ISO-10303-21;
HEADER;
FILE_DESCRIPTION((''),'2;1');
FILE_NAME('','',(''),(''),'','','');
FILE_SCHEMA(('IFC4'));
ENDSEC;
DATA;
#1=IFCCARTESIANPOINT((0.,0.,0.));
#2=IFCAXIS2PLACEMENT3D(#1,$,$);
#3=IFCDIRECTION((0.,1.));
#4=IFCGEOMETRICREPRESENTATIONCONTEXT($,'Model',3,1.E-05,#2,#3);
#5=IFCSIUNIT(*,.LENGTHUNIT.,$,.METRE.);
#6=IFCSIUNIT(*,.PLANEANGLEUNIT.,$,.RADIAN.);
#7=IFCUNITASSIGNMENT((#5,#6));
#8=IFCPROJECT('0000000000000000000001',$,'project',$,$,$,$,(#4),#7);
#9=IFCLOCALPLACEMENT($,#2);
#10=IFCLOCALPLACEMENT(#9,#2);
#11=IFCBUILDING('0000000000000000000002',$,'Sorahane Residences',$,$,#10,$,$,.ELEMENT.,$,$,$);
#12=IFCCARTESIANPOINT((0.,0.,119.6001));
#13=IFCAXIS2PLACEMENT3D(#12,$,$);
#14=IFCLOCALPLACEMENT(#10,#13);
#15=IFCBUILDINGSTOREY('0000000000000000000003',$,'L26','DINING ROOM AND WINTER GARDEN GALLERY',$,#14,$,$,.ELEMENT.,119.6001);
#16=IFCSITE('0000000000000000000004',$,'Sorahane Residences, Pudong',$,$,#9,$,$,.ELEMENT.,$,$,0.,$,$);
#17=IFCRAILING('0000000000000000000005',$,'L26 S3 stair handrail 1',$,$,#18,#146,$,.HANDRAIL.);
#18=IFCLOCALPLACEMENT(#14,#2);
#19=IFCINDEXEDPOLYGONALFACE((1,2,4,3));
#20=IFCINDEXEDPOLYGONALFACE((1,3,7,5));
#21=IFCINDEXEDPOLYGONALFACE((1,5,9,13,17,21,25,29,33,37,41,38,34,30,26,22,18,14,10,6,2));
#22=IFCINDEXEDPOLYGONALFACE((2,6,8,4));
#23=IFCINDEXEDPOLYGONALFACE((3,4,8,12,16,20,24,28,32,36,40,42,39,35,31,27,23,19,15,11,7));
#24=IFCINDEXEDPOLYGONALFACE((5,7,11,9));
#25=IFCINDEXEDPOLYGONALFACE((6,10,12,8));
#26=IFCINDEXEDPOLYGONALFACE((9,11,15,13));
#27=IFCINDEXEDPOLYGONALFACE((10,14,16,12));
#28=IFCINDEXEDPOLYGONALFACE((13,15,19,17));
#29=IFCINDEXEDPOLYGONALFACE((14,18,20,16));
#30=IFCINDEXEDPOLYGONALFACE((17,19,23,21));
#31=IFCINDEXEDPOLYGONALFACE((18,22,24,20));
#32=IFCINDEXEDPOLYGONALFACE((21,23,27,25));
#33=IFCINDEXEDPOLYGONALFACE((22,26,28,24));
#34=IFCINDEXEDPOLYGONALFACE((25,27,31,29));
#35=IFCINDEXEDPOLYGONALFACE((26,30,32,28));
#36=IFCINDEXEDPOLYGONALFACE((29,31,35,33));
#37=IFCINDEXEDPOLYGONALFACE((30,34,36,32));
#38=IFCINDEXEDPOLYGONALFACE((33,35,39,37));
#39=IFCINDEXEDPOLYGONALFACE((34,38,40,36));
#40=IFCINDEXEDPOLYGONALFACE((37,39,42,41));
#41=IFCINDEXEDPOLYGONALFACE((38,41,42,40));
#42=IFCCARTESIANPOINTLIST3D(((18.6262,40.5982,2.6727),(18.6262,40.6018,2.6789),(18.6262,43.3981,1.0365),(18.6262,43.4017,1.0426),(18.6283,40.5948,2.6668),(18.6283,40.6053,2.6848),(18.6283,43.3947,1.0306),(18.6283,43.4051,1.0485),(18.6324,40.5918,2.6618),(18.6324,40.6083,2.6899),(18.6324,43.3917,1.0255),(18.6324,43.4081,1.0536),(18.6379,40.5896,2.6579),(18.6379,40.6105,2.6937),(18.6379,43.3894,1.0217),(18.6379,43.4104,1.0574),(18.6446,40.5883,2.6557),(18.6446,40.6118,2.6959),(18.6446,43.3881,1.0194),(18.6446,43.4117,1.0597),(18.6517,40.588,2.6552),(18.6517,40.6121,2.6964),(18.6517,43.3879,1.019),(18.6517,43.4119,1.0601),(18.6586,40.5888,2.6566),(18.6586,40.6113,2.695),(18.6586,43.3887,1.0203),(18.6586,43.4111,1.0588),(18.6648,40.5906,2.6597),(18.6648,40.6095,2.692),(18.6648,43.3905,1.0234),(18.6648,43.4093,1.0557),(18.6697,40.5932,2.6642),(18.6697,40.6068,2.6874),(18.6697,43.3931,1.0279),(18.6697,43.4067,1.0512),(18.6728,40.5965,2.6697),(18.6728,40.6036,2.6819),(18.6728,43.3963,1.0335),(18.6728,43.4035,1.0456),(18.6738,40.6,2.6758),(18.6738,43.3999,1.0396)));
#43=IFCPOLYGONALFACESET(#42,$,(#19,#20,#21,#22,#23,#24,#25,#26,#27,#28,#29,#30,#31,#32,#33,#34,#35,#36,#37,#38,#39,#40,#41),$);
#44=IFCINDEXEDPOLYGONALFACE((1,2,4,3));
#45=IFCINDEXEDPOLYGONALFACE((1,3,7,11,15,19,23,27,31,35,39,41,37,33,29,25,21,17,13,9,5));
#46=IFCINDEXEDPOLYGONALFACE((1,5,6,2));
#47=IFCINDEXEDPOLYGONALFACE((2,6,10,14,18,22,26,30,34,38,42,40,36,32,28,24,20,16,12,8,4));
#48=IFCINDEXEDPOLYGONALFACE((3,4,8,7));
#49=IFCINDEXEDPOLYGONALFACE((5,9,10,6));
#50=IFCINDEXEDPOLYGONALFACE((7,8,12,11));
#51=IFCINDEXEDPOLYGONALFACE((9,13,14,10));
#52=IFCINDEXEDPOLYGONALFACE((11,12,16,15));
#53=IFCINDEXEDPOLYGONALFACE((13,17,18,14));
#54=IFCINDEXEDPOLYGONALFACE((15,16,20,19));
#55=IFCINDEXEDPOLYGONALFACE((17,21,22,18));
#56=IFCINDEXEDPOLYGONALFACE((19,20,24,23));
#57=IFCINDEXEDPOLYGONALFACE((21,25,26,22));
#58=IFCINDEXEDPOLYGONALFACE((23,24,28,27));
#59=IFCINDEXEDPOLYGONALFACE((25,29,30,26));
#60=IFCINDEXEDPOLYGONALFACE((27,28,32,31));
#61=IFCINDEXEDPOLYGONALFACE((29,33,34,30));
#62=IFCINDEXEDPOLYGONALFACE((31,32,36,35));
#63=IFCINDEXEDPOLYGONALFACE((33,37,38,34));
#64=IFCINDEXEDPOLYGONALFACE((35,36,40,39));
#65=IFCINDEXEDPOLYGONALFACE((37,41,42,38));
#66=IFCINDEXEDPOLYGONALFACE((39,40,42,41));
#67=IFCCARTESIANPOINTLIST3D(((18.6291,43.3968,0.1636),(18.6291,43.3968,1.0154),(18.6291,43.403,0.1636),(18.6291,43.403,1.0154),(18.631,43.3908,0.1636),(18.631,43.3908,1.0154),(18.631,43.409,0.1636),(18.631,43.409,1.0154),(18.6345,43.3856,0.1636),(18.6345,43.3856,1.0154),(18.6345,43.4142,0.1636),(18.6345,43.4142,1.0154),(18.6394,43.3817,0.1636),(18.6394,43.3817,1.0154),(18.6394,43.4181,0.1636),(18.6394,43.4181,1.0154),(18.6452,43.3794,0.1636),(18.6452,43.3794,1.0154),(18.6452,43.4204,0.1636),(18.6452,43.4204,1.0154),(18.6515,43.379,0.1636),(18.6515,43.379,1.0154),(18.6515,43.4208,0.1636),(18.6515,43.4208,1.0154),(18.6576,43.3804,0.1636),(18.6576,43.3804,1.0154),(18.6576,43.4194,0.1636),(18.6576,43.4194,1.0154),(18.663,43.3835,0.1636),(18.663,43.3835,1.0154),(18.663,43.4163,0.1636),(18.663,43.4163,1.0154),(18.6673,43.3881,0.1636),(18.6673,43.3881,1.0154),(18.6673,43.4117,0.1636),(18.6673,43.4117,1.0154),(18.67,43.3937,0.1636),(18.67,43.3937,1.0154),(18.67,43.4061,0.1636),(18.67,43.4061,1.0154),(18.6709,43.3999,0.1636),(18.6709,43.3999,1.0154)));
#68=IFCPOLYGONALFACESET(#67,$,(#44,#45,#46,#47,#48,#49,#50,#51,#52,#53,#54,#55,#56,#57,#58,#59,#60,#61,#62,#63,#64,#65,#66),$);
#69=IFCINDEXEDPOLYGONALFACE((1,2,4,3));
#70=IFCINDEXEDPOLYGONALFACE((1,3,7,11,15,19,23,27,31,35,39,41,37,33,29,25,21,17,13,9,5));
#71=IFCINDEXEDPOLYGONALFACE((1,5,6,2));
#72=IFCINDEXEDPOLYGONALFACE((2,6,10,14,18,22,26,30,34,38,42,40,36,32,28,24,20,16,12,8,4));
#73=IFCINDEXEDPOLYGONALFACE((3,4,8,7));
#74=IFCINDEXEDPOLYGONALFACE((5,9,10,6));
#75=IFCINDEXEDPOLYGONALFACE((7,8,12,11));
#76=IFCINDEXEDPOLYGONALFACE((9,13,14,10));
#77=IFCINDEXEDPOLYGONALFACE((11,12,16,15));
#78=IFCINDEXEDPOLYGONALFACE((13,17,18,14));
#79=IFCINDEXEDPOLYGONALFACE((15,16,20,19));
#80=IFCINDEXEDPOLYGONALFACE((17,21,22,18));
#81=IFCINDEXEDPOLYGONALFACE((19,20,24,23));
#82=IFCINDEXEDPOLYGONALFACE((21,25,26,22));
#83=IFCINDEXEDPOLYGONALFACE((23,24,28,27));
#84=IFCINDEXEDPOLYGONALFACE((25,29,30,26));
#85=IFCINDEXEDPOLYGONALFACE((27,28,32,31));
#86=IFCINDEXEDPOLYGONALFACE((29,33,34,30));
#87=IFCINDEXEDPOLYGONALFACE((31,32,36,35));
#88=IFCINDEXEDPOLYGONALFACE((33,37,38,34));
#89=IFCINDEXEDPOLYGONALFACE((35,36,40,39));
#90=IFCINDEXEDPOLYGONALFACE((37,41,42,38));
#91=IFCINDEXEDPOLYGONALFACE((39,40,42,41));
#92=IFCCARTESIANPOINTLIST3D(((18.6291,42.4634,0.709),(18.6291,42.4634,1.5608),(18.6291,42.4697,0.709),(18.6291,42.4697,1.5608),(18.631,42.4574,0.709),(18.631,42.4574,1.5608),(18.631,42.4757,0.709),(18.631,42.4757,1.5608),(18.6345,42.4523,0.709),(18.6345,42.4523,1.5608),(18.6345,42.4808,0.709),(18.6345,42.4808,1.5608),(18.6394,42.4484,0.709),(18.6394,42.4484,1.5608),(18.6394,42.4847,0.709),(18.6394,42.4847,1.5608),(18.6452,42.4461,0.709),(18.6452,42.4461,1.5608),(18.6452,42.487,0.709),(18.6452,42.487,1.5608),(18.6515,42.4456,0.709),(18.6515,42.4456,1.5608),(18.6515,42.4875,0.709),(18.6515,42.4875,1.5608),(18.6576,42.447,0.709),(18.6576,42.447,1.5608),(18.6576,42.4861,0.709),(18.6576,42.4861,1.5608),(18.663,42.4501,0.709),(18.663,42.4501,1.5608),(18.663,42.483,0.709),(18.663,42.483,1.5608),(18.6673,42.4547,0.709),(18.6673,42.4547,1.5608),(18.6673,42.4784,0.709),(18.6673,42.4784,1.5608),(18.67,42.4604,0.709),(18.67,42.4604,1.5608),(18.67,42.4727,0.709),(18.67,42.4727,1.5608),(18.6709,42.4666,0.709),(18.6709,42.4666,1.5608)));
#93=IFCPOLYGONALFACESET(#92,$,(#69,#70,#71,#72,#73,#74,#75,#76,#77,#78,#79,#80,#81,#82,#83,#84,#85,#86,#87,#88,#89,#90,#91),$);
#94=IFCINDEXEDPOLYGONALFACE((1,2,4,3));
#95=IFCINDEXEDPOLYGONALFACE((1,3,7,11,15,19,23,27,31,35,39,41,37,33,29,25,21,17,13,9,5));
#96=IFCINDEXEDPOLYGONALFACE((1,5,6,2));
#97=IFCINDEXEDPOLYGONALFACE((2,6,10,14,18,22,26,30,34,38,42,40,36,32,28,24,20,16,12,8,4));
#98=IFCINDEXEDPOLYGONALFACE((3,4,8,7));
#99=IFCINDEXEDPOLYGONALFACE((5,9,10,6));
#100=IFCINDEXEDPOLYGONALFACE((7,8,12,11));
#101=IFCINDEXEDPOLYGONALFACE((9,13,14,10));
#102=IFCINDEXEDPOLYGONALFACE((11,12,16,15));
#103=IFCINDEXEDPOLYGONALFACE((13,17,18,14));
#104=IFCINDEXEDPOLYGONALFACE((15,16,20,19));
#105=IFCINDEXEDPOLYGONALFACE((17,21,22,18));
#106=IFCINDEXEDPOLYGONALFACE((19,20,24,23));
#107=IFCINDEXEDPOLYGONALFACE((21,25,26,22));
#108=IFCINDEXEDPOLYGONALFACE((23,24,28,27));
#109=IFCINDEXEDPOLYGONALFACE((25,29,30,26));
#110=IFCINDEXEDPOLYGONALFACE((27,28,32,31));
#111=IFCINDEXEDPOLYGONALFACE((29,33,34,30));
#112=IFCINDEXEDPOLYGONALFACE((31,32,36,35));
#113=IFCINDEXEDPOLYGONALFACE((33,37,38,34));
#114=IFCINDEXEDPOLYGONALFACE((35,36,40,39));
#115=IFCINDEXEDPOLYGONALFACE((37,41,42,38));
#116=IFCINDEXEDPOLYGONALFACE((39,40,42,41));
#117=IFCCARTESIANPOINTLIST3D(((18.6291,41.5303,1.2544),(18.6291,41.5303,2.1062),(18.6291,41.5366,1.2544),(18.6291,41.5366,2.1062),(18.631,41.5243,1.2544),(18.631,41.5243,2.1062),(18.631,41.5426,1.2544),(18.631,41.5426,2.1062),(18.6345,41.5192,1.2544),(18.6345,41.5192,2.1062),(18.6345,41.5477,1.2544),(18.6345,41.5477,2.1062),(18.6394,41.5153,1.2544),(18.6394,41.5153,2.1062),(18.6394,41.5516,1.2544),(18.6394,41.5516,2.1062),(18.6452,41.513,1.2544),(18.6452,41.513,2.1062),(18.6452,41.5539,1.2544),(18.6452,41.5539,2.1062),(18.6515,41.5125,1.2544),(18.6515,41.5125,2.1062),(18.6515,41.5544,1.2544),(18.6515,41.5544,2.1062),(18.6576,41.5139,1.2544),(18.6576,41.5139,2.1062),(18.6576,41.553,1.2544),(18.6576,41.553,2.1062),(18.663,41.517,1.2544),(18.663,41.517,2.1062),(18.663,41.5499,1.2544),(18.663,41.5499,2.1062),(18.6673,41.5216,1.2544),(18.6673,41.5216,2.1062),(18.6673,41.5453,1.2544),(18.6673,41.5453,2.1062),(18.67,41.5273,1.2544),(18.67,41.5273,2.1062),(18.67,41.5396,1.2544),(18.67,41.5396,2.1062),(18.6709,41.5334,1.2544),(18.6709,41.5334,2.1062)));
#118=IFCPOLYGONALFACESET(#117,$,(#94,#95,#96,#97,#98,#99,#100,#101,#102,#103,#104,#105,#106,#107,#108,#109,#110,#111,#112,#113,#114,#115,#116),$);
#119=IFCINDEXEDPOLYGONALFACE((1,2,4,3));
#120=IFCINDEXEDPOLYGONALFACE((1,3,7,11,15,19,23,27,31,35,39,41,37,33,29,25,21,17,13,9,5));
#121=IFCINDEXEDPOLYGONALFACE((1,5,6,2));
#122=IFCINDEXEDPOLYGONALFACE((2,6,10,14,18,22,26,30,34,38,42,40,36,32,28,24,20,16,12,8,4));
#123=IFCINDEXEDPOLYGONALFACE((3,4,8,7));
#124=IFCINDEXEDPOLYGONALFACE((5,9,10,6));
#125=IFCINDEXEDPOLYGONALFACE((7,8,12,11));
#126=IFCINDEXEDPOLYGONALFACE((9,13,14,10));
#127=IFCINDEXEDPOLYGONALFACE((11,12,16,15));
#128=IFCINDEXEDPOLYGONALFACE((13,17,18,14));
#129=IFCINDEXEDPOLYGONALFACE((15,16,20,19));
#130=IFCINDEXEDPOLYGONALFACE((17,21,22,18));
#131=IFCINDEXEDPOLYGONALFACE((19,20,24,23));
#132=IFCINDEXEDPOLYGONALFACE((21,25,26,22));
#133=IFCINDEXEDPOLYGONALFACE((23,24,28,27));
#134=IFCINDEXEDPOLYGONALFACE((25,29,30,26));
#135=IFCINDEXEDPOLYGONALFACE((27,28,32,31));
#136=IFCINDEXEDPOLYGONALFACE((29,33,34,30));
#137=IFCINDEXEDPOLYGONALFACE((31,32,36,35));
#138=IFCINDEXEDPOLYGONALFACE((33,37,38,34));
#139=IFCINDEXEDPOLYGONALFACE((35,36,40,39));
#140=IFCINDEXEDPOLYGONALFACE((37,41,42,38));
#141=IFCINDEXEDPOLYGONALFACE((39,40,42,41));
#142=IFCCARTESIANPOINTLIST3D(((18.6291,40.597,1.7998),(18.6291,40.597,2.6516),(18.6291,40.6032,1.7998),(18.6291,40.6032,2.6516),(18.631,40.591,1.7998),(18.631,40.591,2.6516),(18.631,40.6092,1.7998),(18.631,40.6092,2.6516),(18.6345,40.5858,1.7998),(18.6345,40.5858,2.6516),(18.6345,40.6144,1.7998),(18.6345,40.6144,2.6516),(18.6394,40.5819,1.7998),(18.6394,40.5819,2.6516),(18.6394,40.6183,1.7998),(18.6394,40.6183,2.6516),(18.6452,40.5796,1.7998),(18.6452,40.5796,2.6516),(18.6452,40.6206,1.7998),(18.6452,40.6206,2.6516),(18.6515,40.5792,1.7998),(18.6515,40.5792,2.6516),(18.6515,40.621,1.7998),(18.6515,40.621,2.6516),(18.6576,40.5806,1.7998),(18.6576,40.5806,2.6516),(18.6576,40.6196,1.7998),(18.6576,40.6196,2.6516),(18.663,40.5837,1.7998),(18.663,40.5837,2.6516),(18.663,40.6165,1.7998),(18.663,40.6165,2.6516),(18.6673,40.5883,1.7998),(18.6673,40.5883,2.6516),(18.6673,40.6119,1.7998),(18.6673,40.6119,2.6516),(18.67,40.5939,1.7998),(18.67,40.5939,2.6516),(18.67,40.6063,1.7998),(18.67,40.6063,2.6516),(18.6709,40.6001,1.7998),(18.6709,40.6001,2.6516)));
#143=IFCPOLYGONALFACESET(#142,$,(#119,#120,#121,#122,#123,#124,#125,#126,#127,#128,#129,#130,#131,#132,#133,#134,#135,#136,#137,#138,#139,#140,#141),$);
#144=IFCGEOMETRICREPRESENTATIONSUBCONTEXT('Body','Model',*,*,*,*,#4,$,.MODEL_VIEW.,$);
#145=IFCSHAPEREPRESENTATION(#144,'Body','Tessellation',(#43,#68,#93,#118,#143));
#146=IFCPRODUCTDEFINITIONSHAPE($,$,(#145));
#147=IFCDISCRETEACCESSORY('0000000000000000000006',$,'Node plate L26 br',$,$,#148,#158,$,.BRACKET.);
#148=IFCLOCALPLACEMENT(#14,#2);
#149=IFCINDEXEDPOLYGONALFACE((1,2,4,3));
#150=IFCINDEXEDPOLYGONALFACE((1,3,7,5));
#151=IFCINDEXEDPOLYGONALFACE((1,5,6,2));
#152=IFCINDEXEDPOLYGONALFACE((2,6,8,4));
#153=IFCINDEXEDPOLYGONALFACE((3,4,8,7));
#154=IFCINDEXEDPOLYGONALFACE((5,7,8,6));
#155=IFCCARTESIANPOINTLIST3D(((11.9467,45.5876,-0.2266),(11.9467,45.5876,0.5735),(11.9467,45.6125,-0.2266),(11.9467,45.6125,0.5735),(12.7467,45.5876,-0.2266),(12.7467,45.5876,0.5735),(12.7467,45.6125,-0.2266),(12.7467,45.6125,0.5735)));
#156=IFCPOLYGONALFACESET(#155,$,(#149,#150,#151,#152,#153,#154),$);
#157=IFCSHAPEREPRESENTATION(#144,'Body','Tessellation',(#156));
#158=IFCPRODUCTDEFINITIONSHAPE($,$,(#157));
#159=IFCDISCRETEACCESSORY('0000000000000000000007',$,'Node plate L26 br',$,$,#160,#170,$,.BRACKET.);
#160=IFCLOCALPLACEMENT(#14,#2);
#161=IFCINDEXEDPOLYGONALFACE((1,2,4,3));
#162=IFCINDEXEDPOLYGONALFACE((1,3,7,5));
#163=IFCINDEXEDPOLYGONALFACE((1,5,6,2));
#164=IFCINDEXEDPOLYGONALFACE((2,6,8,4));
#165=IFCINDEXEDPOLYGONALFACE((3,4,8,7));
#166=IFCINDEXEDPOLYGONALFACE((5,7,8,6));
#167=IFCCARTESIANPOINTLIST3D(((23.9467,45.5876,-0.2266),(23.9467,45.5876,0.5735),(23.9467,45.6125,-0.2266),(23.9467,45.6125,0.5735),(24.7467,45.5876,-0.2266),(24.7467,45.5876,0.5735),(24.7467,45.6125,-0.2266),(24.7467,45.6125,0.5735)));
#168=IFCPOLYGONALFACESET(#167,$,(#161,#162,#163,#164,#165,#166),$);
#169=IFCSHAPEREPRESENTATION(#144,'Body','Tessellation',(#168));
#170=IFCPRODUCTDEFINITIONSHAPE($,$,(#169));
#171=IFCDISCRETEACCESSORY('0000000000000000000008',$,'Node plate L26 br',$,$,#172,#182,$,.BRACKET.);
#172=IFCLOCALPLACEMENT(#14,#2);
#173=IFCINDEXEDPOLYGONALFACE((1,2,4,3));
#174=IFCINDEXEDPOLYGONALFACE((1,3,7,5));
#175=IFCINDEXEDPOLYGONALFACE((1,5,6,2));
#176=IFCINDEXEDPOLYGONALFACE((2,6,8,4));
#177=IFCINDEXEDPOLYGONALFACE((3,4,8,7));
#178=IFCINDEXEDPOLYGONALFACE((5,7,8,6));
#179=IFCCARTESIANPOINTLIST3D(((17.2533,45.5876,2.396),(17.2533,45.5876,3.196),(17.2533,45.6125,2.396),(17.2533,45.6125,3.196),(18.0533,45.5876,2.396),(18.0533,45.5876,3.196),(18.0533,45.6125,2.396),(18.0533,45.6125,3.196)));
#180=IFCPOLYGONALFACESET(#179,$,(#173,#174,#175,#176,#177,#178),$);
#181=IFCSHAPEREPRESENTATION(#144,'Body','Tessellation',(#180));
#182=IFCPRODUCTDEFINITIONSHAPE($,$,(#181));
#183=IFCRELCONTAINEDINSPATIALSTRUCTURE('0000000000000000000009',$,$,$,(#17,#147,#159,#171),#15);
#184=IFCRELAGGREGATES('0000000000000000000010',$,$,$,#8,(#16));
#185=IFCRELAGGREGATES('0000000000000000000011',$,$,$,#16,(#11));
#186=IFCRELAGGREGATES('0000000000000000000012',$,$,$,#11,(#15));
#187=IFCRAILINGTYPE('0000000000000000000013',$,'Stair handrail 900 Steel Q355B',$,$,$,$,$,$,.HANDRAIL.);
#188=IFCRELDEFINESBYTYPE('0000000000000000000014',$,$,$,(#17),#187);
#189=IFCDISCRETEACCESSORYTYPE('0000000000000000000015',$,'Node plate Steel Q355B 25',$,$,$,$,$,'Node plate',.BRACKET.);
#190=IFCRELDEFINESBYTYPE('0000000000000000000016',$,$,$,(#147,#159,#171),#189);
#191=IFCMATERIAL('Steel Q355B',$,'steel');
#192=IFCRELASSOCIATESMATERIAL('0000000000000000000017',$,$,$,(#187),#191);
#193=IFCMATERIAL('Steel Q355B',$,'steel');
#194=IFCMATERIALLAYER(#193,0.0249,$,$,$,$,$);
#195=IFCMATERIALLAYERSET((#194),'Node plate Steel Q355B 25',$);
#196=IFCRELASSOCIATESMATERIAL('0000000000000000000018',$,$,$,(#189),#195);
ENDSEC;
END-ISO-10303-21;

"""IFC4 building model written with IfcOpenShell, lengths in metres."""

from ifc_helpers import new_model, si_unit, direction, frame, origin, origin_2d, place, context, subcontext, project, spatial, rectangle, circle, extrude, material, layer, layer_set, type_object, element, save


model = new_model("IFC4")

# Units and contexts
model_context = context("Model", 3, precision=1e-05, world=origin(), true_north=direction((0.0, 1.0)))
body_context = subcontext(model_context, "Body", "Model", "MODEL_VIEW")
ifc_project = project(units=[si_unit("LENGTHUNIT", "METRE"), si_unit("PLANEANGLEUNIT", "RADIAN")], contexts=[model_context])

# Site, building, storey
site_placement = place(None, origin())
site = spatial("IfcSite", under=ifc_project, at=site_placement, Name="Sorahane Residences, Pudong", CompositionType="ELEMENT", RefElevation=0.0)
building_placement = place(site_placement, origin())
building = spatial("IfcBuilding", under=site, at=building_placement, Name="Sorahane Residences", CompositionType="ELEMENT")
storey_placement = place(building_placement, frame((0.0, 0.0, 119.6001)))
storey = spatial("IfcBuildingStorey", under=building, at=storey_placement, Name="L26", Description="DINING ROOM AND WINTER GARDEN GALLERY", CompositionType="ELEMENT", Elevation=119.6001)

# Railing
ifc_material_1 = material(Name="Steel Q355B", Category="steel")
railing_type_1 = type_object("IfcRailingType", Name="Stair handrail 900 Steel Q355B", PredefinedType="HANDRAIL", material=ifc_material_1)
railing_1_placement = place(storey_placement, frame((18.6499, 43.3999, 0.1636)))
element("IfcRailing", 1, at=railing_1_placement, inside=storey, type_object=railing_type_1, Name="L26 S3 stair handrail 1", PredefinedType="HANDRAIL", context=body_context, shape_type="SweptSolid", body=[
    extrude(circle(Radius=0.0239, at=origin_2d()), frame((0.0, 0.0, 0.876), z_axis=(0.0, -0.863374, 0.504564), x_axis=(1.0, 0.0, 0.0)), (0.0, 0.0, 1.0), 3.2429),
    extrude(circle(Radius=0.021, at=origin_2d()), origin(), (0.0, 0.0, 1.0), 0.8518),
    extrude(circle(Radius=0.021, at=origin_2d()), frame((0.0, -0.9333, 0.5454)), (0.0, 0.0, 1.0), 0.8518),
    extrude(circle(Radius=0.021, at=origin_2d()), frame((0.0, -1.8665, 1.0908)), (0.0, 0.0, 1.0), 0.8518),
    extrude(circle(Radius=0.021, at=origin_2d()), frame((0.0, -2.7998, 1.6362)), (0.0, 0.0, 1.0), 0.8518),
])

# Discrete accessories
ifc_material_2 = material(Name="Steel Q355B", Category="steel")
ifc_layer_1 = layer(ifc_material_2, 0.0249)
ifc_layer_set_1 = layer_set([ifc_layer_1], Name="Node plate Steel Q355B 25")
discrete_accessory_type = type_object("IfcDiscreteAccessoryType", Name="Node plate Steel Q355B 25", ElementType="Node plate", PredefinedType="BRACKET", material=ifc_layer_set_1)
for number, where, z_axis, x_axis, name in (
    (2, (12.3467, 45.6001, -0.2266), (0.0, 0.0, 1.0), (1.0, 0.0, 0.0), "Node plate L26 br"),
    (3, (24.3467, 45.6001, -0.2266), (0.0, 0.0, 1.0), (1.0, 0.0, 0.0), "Node plate L26 br"),
    (4, (17.6533, 45.6001, 2.396), (0.0, 0.0, 1.0), (1.0, 0.0, 0.0), "Node plate L26 br"),
):
    element("IfcDiscreteAccessory", number, at=place(storey_placement, frame(where, z_axis=z_axis, x_axis=x_axis)), inside=storey, type_object=discrete_accessory_type, Name=name, PredefinedType="BRACKET", context=body_context, shape_type="SweptSolid", body=[
        extrude(rectangle(XDim=0.8, YDim=0.0249, at=origin_2d()), origin(), (0.0, 0.0, 1.0), 0.8),
    ])

save(model, "model.ifc")
